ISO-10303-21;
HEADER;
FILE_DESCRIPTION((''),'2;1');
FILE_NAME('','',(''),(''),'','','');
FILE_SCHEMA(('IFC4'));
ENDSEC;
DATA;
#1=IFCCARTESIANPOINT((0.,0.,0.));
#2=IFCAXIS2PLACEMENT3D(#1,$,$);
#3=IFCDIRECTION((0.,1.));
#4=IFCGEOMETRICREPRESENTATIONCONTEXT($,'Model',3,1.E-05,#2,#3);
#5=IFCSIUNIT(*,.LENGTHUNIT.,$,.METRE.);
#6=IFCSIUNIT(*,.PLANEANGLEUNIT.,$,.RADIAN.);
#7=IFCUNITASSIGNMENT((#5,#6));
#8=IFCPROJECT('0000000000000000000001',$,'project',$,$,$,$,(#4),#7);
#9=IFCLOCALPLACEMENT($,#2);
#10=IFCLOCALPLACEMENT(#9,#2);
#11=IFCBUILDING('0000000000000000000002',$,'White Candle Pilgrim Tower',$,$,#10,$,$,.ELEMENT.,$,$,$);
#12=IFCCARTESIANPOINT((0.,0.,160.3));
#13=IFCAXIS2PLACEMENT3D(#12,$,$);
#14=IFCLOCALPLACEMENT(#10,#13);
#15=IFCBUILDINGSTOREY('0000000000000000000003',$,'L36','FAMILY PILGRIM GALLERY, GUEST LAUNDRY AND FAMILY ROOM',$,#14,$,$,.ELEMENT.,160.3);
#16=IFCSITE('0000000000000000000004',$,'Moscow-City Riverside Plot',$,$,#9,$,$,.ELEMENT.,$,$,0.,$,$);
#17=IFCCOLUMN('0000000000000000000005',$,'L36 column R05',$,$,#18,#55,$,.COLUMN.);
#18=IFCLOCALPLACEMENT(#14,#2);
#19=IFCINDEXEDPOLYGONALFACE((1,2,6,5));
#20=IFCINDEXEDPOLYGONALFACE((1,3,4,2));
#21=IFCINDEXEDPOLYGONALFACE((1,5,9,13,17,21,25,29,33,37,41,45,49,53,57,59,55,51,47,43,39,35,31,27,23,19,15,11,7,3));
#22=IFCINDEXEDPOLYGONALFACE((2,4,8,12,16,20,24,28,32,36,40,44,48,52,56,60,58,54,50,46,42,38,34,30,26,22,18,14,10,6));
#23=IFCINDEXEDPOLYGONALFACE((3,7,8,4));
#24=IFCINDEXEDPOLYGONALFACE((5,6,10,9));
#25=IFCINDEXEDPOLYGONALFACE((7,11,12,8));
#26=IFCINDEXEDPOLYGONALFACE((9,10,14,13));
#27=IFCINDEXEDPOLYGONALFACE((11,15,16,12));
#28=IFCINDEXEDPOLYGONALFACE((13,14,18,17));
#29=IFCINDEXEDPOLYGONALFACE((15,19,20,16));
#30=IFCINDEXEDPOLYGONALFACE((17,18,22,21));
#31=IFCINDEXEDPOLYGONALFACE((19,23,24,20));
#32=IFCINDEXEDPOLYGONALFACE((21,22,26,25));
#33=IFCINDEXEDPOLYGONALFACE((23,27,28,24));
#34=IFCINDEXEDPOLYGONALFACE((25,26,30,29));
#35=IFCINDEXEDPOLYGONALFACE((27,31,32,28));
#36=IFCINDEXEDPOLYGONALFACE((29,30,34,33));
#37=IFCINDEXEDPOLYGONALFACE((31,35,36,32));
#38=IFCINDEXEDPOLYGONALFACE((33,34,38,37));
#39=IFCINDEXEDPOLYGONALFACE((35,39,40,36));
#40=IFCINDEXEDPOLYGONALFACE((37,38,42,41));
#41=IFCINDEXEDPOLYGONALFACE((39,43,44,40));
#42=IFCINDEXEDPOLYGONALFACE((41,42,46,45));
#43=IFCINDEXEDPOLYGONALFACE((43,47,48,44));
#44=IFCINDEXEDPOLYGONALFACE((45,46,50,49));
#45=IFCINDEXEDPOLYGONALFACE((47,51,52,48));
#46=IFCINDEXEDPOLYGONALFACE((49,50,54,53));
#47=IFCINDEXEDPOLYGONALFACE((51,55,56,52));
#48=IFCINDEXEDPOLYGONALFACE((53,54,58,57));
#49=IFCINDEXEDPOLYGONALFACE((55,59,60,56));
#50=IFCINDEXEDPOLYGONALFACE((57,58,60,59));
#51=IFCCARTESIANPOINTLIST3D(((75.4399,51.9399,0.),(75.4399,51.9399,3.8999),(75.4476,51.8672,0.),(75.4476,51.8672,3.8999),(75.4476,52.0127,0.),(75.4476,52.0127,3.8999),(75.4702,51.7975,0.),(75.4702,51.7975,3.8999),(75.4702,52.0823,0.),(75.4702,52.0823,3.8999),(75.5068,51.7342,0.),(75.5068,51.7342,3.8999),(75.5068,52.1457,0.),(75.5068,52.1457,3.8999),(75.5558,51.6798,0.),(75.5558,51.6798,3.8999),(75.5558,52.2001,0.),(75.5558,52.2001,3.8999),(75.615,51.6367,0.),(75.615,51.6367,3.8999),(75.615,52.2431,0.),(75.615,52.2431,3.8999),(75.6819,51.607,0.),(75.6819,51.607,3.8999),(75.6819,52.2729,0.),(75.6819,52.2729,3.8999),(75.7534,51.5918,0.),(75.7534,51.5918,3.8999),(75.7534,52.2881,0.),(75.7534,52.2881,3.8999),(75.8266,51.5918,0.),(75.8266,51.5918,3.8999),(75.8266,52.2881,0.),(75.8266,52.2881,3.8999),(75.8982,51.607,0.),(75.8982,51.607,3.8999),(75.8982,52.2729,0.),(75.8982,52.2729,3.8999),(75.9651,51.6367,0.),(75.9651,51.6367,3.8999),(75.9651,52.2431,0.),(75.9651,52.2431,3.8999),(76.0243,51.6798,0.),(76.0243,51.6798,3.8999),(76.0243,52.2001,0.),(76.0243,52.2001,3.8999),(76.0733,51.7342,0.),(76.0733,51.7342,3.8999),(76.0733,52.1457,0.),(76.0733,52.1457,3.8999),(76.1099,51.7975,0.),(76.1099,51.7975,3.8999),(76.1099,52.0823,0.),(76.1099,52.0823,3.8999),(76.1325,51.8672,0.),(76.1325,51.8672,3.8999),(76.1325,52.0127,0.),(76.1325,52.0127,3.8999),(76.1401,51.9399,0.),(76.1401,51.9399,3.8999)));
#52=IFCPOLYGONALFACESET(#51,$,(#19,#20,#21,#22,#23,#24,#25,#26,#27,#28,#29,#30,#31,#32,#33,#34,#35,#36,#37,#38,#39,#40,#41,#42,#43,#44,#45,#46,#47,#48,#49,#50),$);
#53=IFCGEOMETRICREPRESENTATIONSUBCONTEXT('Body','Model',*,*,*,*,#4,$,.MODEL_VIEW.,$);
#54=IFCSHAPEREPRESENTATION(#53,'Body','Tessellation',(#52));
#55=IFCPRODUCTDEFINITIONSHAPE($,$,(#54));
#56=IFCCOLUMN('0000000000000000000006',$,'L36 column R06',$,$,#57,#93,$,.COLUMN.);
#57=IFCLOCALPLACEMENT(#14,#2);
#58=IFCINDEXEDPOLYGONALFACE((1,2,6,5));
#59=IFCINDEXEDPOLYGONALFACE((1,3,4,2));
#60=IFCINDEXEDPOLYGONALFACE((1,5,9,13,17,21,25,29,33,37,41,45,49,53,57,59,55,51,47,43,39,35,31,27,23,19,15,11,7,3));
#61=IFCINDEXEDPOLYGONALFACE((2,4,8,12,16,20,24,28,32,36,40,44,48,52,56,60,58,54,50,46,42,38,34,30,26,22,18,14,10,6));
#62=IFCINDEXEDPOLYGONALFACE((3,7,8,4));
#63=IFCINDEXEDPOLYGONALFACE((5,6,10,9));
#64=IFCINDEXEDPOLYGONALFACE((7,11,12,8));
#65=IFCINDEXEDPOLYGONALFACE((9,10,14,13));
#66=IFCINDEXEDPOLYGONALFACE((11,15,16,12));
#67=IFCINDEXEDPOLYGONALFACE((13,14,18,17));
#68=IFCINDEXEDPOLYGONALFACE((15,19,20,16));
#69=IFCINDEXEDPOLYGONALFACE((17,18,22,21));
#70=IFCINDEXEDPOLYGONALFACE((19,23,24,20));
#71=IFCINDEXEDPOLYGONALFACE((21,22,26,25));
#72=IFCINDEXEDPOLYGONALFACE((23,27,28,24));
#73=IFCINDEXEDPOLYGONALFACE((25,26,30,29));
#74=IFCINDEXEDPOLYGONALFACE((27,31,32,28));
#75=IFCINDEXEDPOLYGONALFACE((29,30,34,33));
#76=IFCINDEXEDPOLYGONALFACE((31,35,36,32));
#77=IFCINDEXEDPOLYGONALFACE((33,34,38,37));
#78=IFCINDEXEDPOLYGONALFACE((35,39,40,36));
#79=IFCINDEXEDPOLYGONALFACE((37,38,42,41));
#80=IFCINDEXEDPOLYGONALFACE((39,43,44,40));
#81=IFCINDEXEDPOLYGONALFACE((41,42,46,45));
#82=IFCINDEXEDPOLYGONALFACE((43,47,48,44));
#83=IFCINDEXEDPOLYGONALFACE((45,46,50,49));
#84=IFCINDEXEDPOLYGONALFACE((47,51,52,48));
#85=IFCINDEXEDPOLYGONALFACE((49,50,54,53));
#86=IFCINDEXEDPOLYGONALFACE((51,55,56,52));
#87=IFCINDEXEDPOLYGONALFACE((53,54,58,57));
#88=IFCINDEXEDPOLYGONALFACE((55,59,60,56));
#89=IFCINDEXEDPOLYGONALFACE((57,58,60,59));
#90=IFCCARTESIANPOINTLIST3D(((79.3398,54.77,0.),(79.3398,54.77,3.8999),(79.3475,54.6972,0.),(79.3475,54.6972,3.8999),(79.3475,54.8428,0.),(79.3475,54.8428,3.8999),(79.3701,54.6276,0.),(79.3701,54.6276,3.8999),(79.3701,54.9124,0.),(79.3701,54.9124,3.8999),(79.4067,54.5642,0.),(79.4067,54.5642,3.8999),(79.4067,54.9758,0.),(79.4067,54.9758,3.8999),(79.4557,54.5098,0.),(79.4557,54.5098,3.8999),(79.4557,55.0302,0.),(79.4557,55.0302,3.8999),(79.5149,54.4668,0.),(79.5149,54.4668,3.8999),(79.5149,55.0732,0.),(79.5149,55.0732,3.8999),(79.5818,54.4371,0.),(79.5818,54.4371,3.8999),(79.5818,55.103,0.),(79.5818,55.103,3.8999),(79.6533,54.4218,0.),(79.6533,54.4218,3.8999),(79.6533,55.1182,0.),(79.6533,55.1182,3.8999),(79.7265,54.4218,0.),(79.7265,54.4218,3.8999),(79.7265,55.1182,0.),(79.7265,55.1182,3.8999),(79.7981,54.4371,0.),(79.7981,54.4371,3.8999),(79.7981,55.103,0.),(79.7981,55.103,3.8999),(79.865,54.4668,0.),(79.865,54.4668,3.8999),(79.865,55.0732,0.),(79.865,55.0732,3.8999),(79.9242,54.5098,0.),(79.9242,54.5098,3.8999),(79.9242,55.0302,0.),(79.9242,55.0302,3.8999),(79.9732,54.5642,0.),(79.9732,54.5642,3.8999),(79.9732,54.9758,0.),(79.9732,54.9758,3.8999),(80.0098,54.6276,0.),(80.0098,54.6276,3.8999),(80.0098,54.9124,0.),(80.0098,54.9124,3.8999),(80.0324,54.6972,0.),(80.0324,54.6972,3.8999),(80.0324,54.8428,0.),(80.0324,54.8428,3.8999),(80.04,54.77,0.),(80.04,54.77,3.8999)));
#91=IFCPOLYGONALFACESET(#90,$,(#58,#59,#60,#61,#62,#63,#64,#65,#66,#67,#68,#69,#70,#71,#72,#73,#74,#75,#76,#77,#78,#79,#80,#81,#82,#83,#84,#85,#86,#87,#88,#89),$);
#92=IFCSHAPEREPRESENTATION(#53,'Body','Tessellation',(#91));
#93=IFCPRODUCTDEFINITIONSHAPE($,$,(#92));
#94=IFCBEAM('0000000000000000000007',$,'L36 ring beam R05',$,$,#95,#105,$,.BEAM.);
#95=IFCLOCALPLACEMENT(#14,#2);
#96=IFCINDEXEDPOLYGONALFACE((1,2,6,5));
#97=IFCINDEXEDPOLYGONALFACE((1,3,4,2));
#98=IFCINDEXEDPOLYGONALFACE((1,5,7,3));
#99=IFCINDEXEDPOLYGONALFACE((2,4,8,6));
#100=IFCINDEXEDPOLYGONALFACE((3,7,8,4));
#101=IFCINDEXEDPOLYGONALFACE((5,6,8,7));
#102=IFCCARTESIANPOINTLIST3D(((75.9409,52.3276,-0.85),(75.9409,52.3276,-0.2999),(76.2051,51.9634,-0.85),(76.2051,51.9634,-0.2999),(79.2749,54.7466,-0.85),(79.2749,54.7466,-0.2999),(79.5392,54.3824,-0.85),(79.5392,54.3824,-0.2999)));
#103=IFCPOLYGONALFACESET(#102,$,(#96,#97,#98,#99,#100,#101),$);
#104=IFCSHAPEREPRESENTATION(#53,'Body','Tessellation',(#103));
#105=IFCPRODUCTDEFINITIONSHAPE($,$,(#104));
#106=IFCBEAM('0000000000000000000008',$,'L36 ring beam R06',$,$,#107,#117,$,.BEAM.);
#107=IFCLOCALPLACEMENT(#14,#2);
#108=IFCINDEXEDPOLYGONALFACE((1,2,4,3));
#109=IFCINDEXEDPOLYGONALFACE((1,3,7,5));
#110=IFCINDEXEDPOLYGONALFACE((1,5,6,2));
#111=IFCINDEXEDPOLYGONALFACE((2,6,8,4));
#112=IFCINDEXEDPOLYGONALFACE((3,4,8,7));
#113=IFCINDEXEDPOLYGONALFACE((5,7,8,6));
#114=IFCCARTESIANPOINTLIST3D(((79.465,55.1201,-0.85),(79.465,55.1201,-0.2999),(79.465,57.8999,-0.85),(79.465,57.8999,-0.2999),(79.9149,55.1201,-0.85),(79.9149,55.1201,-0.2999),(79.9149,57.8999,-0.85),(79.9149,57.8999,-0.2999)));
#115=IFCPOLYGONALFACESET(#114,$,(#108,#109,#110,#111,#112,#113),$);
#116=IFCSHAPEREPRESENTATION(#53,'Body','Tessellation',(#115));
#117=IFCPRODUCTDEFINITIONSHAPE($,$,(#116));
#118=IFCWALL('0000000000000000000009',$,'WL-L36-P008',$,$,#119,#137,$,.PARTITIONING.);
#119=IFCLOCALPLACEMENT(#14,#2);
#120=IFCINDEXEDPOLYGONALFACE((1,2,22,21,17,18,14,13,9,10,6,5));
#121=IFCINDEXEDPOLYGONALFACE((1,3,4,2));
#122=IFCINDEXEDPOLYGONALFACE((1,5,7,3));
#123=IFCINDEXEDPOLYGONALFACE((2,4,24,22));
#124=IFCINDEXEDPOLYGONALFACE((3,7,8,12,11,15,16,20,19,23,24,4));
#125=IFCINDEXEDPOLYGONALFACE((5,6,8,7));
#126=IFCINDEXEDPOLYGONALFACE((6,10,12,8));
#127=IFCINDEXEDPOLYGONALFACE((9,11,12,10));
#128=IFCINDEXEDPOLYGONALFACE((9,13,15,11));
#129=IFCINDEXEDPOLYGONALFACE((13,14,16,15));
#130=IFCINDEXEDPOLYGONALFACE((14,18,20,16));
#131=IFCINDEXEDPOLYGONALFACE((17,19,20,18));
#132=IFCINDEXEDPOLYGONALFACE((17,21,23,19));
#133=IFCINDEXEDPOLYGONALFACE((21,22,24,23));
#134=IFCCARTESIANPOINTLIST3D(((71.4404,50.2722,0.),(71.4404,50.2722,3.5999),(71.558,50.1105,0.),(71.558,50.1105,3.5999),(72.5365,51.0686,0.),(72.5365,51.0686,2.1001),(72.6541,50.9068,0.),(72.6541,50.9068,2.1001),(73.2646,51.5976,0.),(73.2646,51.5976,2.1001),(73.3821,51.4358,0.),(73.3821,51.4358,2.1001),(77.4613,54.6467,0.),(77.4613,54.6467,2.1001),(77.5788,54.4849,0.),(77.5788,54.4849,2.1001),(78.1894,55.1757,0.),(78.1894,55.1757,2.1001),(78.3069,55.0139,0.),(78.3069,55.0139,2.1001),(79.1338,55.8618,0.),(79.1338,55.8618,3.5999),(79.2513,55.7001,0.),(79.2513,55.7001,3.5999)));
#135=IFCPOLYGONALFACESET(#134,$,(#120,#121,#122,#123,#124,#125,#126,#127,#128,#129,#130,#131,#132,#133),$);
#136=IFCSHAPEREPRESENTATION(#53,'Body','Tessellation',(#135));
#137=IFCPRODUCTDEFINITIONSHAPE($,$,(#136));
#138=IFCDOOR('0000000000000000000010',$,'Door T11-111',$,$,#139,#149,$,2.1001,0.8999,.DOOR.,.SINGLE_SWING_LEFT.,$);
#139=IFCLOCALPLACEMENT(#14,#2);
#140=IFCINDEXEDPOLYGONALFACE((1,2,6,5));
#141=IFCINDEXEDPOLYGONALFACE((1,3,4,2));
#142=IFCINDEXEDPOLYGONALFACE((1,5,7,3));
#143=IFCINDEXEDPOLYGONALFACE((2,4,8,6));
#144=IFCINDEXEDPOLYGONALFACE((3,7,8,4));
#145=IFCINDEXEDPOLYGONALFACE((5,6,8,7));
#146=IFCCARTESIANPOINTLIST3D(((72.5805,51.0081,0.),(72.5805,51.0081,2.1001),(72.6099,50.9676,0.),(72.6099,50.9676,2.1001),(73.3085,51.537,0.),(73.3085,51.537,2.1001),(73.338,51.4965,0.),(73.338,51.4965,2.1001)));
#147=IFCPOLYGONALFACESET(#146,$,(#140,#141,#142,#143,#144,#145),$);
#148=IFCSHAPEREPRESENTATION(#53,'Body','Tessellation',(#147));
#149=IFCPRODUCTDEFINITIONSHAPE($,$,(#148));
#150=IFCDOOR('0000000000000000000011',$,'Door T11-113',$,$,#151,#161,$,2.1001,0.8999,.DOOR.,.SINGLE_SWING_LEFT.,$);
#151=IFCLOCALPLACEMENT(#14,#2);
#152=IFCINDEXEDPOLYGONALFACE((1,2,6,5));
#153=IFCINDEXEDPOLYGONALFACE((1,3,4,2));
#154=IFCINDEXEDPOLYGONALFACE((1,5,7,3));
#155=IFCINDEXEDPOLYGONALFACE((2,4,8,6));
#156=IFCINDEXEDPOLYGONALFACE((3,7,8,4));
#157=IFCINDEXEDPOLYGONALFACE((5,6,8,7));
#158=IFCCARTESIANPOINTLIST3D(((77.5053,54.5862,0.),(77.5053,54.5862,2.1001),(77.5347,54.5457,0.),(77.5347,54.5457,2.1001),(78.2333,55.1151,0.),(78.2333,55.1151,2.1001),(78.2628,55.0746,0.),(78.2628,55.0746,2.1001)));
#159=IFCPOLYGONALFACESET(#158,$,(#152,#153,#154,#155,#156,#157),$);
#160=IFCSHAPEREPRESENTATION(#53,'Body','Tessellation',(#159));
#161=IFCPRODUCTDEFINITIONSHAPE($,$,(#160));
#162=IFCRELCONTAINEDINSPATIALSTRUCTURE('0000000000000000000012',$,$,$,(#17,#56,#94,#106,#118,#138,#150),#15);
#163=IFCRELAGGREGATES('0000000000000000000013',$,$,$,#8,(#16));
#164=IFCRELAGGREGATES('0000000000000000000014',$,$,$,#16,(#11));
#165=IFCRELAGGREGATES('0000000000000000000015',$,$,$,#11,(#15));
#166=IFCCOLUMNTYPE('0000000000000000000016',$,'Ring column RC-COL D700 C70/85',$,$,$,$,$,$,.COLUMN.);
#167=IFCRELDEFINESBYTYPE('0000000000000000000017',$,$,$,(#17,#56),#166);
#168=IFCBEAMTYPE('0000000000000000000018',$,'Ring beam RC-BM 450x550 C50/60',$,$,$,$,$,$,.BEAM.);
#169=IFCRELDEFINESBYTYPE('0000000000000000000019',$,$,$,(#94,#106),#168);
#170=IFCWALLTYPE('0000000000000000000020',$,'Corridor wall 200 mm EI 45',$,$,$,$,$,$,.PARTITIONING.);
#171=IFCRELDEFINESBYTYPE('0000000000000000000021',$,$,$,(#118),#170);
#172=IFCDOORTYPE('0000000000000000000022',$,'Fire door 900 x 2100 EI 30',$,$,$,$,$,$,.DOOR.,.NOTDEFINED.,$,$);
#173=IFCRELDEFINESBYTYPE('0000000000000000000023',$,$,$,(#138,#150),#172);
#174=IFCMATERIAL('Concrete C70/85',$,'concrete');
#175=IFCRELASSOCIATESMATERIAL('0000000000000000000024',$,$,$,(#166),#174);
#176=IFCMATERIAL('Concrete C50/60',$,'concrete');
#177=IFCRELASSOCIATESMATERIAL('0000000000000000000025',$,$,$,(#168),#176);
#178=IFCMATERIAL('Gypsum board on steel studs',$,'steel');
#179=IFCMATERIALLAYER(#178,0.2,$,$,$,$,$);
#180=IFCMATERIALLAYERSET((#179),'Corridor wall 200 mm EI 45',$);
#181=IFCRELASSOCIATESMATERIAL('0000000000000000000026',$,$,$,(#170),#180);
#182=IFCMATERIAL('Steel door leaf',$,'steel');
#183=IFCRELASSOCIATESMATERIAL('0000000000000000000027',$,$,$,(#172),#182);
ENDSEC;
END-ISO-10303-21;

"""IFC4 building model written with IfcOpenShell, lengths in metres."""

from ifc_helpers import new_model, si_unit, direction, frame, frame_2d, origin, origin_2d, place, context, subcontext, project, spatial, rectangle, circle, extrude, material, layer, layer_set, material_profile, profile_set, type_object, element, fill, save


model = new_model("IFC4")

# Units and contexts
model_context = context("Model", 3, precision=1e-05, world=origin(), true_north=direction((0.0, 1.0)))
body_context = subcontext(model_context, "Body", "Model", "MODEL_VIEW")
ifc_project = project(units=[si_unit("LENGTHUNIT", "METRE"), si_unit("PLANEANGLEUNIT", "RADIAN")], contexts=[model_context])

# Site, building, storey
site_placement = place(None, origin())
site = spatial("IfcSite", under=ifc_project, at=site_placement, Name="Moscow-City Riverside Plot", CompositionType="ELEMENT", RefElevation=0.0)
building_placement = place(site_placement, origin())
building = spatial("IfcBuilding", under=site, at=building_placement, Name="White Candle Pilgrim Tower", CompositionType="ELEMENT")
storey_placement = place(building_placement, frame((0.0, 0.0, 160.3)))
storey = spatial("IfcBuildingStorey", under=building, at=storey_placement, Name="L36", Description="FAMILY PILGRIM GALLERY, GUEST LAUNDRY AND FAMILY ROOM", CompositionType="ELEMENT", Elevation=160.3)

# Columns
ifc_material_1 = material(Name="Concrete C70/85", Category="concrete")
ifc_material_profile_1 = material_profile(ifc_material_1, circle(Radius=0.3501, at=origin_2d()), Name="RC-COL D700")
ifc_profile_set_1 = profile_set([ifc_material_profile_1], Name="Concrete C70/85")
column_type = type_object("IfcColumnType", Name="Ring column RC-COL D700 C70/85", PredefinedType="COLUMN", material=ifc_profile_set_1)
for number, where, z_axis, x_axis, name in (
    (1, (75.79, 51.9399, 0.0), (0.0, 0.0, 1.0), (1.0, 0.0, 0.0), "L36 column R05"),
    (2, (79.6899, 54.77, 0.0), (0.0, 0.0, 1.0), (1.0, 0.0, 0.0), "L36 column R06"),
):
    element("IfcColumn", number, at=place(storey_placement, frame(where, z_axis=z_axis, x_axis=x_axis)), inside=storey, type_object=column_type, Name=name, PredefinedType="COLUMN", context=body_context, shape_type="SweptSolid", body=[
        extrude(circle(Radius=0.3501, at=origin_2d()), origin(), (0.0, 0.0, 1.0), 3.8999),
    ])

# Beams
ifc_material_2 = material(Name="Concrete C50/60", Category="concrete")
ifc_material_profile_2 = material_profile(ifc_material_2, rectangle(XDim=0.45, YDim=0.55, at=origin_2d()), Name="RC-BM 450x550")
ifc_profile_set_2 = profile_set([ifc_material_profile_2], Name="Concrete C50/60")
beam_type = type_object("IfcBeamType", Name="Ring beam RC-BM 450x550 C50/60", PredefinedType="BEAM", material=ifc_profile_set_2)
beam_1_placement = place(storey_placement, frame((76.073, 52.1455, -0.575), z_axis=(0.809402, 0.587255, 0.0), x_axis=(-0.587255, 0.809402, 0.0)))
element("IfcBeam", 3, at=beam_1_placement, inside=storey, type_object=beam_type, Name="L36 ring beam R05", PredefinedType="BEAM", context=body_context, shape_type="SweptSolid", body=[
    extrude(rectangle(XDim=0.45, YDim=0.55, at=origin_2d()), origin(), (0.0, 0.0, 1.0), 4.1191),
])
beam_2_placement = place(storey_placement, frame((79.6899, 55.1201, -0.575), z_axis=(0.0, 1.0, 0.0), x_axis=(-1.0, 0.0, 0.0)))
element("IfcBeam", 4, at=beam_2_placement, inside=storey, type_object=beam_type, Name="L36 ring beam R06", PredefinedType="BEAM", context=body_context, shape_type="SweptSolid", body=[
    extrude(rectangle(XDim=0.45, YDim=0.55, at=origin_2d()), origin(), (0.0, 0.0, 1.0), 2.7798),
])

# Wall, openings, doors
ifc_material_3 = material(Name="Gypsum board on steel studs", Category="steel")
ifc_layer_1 = layer(ifc_material_3, 0.2)
ifc_layer_set_1 = layer_set([ifc_layer_1], Name="Corridor wall 200 mm EI 45")
wall_type_1 = type_object("IfcWallType", Name="Corridor wall 200 mm EI 45", PredefinedType="PARTITIONING", material=ifc_layer_set_1)
wall_1_placement = place(storey_placement, frame((79.1926, 55.781, 0.0), z_axis=(0.0, 0.0, 1.0), x_axis=(-0.809015, -0.587788, 0.0)))
wall_1 = element("IfcWall", 5, at=wall_1_placement, inside=storey, type_object=wall_type_1, Name="WL-L36-P008", PredefinedType="PARTITIONING", context=body_context, shape_type="SweptSolid", body=[
    extrude(rectangle(XDim=9.5095, YDim=0.2, at=frame_2d((4.7549, 0.0))), origin(), (0.0, 0.0, 1.0), 3.5999),
])
opening_1_placement = place(wall_1_placement, frame((7.2549, 0.0, 0.0)))
opening_1 = element("IfcOpeningElement", 6, at=opening_1_placement, cuts=wall_1, PredefinedType="OPENING", context=body_context, shape_type="SweptSolid", body=[
    extrude(rectangle(XDim=0.8999, YDim=2.1001, at=frame_2d((0.45, 1.05))), frame((0.0, 0.1099, 0.0), z_axis=(0.0, -1.0, 0.0), x_axis=(1.0, 0.0, 0.0)), (0.0, 0.0, 1.0), 0.22),
])
opening_2_placement = place(wall_1_placement, frame((1.1675, 0.0, 0.0)))
opening_2 = element("IfcOpeningElement", 7, at=opening_2_placement, cuts=wall_1, PredefinedType="OPENING", context=body_context, shape_type="SweptSolid", body=[
    extrude(rectangle(XDim=0.8999, YDim=2.1001, at=frame_2d((0.45, 1.05))), frame((0.0, 0.1099, 0.0), z_axis=(0.0, -1.0, 0.0), x_axis=(1.0, 0.0, 0.0)), (0.0, 0.0, 1.0), 0.22),
])
ifc_material_4 = material(Name="Steel door leaf", Category="steel")
door_type_1 = type_object("IfcDoorType", Name="Fire door 900 x 2100 EI 30", OperationType="NOTDEFINED", PredefinedType="DOOR", material=ifc_material_4)
door_1_placement = place(opening_1_placement, origin())
door_1 = element("IfcDoor", 8, at=door_1_placement, inside=storey, type_object=door_type_1, Name="Door T11-111", OperationType="SINGLE_SWING_LEFT", OverallHeight=2.1001, OverallWidth=0.8999, PredefinedType="DOOR", context=body_context, shape_type="SweptSolid", body=[
    extrude(rectangle(XDim=0.8999, YDim=2.1001, at=frame_2d((0.45, 1.05))), frame((0.0, 0.0249, 0.0), z_axis=(0.0, -1.0, 0.0), x_axis=(1.0, 0.0, 0.0)), (0.0, 0.0, 1.0), 0.05),
])
fill(opening_1, door_1)
door_2_placement = place(opening_2_placement, origin())
door_2 = element("IfcDoor", 9, at=door_2_placement, inside=storey, type_object=door_type_1, Name="Door T11-113", OperationType="SINGLE_SWING_LEFT", OverallHeight=2.1001, OverallWidth=0.8999, PredefinedType="DOOR", context=body_context, shape_type="SweptSolid", body=[
    extrude(rectangle(XDim=0.8999, YDim=2.1001, at=frame_2d((0.45, 1.05))), frame((0.0, 0.0249, 0.0), z_axis=(0.0, -1.0, 0.0), x_axis=(1.0, 0.0, 0.0)), (0.0, 0.0, 1.0), 0.05),
])
fill(opening_2, door_2)

save(model, "model.ifc")
